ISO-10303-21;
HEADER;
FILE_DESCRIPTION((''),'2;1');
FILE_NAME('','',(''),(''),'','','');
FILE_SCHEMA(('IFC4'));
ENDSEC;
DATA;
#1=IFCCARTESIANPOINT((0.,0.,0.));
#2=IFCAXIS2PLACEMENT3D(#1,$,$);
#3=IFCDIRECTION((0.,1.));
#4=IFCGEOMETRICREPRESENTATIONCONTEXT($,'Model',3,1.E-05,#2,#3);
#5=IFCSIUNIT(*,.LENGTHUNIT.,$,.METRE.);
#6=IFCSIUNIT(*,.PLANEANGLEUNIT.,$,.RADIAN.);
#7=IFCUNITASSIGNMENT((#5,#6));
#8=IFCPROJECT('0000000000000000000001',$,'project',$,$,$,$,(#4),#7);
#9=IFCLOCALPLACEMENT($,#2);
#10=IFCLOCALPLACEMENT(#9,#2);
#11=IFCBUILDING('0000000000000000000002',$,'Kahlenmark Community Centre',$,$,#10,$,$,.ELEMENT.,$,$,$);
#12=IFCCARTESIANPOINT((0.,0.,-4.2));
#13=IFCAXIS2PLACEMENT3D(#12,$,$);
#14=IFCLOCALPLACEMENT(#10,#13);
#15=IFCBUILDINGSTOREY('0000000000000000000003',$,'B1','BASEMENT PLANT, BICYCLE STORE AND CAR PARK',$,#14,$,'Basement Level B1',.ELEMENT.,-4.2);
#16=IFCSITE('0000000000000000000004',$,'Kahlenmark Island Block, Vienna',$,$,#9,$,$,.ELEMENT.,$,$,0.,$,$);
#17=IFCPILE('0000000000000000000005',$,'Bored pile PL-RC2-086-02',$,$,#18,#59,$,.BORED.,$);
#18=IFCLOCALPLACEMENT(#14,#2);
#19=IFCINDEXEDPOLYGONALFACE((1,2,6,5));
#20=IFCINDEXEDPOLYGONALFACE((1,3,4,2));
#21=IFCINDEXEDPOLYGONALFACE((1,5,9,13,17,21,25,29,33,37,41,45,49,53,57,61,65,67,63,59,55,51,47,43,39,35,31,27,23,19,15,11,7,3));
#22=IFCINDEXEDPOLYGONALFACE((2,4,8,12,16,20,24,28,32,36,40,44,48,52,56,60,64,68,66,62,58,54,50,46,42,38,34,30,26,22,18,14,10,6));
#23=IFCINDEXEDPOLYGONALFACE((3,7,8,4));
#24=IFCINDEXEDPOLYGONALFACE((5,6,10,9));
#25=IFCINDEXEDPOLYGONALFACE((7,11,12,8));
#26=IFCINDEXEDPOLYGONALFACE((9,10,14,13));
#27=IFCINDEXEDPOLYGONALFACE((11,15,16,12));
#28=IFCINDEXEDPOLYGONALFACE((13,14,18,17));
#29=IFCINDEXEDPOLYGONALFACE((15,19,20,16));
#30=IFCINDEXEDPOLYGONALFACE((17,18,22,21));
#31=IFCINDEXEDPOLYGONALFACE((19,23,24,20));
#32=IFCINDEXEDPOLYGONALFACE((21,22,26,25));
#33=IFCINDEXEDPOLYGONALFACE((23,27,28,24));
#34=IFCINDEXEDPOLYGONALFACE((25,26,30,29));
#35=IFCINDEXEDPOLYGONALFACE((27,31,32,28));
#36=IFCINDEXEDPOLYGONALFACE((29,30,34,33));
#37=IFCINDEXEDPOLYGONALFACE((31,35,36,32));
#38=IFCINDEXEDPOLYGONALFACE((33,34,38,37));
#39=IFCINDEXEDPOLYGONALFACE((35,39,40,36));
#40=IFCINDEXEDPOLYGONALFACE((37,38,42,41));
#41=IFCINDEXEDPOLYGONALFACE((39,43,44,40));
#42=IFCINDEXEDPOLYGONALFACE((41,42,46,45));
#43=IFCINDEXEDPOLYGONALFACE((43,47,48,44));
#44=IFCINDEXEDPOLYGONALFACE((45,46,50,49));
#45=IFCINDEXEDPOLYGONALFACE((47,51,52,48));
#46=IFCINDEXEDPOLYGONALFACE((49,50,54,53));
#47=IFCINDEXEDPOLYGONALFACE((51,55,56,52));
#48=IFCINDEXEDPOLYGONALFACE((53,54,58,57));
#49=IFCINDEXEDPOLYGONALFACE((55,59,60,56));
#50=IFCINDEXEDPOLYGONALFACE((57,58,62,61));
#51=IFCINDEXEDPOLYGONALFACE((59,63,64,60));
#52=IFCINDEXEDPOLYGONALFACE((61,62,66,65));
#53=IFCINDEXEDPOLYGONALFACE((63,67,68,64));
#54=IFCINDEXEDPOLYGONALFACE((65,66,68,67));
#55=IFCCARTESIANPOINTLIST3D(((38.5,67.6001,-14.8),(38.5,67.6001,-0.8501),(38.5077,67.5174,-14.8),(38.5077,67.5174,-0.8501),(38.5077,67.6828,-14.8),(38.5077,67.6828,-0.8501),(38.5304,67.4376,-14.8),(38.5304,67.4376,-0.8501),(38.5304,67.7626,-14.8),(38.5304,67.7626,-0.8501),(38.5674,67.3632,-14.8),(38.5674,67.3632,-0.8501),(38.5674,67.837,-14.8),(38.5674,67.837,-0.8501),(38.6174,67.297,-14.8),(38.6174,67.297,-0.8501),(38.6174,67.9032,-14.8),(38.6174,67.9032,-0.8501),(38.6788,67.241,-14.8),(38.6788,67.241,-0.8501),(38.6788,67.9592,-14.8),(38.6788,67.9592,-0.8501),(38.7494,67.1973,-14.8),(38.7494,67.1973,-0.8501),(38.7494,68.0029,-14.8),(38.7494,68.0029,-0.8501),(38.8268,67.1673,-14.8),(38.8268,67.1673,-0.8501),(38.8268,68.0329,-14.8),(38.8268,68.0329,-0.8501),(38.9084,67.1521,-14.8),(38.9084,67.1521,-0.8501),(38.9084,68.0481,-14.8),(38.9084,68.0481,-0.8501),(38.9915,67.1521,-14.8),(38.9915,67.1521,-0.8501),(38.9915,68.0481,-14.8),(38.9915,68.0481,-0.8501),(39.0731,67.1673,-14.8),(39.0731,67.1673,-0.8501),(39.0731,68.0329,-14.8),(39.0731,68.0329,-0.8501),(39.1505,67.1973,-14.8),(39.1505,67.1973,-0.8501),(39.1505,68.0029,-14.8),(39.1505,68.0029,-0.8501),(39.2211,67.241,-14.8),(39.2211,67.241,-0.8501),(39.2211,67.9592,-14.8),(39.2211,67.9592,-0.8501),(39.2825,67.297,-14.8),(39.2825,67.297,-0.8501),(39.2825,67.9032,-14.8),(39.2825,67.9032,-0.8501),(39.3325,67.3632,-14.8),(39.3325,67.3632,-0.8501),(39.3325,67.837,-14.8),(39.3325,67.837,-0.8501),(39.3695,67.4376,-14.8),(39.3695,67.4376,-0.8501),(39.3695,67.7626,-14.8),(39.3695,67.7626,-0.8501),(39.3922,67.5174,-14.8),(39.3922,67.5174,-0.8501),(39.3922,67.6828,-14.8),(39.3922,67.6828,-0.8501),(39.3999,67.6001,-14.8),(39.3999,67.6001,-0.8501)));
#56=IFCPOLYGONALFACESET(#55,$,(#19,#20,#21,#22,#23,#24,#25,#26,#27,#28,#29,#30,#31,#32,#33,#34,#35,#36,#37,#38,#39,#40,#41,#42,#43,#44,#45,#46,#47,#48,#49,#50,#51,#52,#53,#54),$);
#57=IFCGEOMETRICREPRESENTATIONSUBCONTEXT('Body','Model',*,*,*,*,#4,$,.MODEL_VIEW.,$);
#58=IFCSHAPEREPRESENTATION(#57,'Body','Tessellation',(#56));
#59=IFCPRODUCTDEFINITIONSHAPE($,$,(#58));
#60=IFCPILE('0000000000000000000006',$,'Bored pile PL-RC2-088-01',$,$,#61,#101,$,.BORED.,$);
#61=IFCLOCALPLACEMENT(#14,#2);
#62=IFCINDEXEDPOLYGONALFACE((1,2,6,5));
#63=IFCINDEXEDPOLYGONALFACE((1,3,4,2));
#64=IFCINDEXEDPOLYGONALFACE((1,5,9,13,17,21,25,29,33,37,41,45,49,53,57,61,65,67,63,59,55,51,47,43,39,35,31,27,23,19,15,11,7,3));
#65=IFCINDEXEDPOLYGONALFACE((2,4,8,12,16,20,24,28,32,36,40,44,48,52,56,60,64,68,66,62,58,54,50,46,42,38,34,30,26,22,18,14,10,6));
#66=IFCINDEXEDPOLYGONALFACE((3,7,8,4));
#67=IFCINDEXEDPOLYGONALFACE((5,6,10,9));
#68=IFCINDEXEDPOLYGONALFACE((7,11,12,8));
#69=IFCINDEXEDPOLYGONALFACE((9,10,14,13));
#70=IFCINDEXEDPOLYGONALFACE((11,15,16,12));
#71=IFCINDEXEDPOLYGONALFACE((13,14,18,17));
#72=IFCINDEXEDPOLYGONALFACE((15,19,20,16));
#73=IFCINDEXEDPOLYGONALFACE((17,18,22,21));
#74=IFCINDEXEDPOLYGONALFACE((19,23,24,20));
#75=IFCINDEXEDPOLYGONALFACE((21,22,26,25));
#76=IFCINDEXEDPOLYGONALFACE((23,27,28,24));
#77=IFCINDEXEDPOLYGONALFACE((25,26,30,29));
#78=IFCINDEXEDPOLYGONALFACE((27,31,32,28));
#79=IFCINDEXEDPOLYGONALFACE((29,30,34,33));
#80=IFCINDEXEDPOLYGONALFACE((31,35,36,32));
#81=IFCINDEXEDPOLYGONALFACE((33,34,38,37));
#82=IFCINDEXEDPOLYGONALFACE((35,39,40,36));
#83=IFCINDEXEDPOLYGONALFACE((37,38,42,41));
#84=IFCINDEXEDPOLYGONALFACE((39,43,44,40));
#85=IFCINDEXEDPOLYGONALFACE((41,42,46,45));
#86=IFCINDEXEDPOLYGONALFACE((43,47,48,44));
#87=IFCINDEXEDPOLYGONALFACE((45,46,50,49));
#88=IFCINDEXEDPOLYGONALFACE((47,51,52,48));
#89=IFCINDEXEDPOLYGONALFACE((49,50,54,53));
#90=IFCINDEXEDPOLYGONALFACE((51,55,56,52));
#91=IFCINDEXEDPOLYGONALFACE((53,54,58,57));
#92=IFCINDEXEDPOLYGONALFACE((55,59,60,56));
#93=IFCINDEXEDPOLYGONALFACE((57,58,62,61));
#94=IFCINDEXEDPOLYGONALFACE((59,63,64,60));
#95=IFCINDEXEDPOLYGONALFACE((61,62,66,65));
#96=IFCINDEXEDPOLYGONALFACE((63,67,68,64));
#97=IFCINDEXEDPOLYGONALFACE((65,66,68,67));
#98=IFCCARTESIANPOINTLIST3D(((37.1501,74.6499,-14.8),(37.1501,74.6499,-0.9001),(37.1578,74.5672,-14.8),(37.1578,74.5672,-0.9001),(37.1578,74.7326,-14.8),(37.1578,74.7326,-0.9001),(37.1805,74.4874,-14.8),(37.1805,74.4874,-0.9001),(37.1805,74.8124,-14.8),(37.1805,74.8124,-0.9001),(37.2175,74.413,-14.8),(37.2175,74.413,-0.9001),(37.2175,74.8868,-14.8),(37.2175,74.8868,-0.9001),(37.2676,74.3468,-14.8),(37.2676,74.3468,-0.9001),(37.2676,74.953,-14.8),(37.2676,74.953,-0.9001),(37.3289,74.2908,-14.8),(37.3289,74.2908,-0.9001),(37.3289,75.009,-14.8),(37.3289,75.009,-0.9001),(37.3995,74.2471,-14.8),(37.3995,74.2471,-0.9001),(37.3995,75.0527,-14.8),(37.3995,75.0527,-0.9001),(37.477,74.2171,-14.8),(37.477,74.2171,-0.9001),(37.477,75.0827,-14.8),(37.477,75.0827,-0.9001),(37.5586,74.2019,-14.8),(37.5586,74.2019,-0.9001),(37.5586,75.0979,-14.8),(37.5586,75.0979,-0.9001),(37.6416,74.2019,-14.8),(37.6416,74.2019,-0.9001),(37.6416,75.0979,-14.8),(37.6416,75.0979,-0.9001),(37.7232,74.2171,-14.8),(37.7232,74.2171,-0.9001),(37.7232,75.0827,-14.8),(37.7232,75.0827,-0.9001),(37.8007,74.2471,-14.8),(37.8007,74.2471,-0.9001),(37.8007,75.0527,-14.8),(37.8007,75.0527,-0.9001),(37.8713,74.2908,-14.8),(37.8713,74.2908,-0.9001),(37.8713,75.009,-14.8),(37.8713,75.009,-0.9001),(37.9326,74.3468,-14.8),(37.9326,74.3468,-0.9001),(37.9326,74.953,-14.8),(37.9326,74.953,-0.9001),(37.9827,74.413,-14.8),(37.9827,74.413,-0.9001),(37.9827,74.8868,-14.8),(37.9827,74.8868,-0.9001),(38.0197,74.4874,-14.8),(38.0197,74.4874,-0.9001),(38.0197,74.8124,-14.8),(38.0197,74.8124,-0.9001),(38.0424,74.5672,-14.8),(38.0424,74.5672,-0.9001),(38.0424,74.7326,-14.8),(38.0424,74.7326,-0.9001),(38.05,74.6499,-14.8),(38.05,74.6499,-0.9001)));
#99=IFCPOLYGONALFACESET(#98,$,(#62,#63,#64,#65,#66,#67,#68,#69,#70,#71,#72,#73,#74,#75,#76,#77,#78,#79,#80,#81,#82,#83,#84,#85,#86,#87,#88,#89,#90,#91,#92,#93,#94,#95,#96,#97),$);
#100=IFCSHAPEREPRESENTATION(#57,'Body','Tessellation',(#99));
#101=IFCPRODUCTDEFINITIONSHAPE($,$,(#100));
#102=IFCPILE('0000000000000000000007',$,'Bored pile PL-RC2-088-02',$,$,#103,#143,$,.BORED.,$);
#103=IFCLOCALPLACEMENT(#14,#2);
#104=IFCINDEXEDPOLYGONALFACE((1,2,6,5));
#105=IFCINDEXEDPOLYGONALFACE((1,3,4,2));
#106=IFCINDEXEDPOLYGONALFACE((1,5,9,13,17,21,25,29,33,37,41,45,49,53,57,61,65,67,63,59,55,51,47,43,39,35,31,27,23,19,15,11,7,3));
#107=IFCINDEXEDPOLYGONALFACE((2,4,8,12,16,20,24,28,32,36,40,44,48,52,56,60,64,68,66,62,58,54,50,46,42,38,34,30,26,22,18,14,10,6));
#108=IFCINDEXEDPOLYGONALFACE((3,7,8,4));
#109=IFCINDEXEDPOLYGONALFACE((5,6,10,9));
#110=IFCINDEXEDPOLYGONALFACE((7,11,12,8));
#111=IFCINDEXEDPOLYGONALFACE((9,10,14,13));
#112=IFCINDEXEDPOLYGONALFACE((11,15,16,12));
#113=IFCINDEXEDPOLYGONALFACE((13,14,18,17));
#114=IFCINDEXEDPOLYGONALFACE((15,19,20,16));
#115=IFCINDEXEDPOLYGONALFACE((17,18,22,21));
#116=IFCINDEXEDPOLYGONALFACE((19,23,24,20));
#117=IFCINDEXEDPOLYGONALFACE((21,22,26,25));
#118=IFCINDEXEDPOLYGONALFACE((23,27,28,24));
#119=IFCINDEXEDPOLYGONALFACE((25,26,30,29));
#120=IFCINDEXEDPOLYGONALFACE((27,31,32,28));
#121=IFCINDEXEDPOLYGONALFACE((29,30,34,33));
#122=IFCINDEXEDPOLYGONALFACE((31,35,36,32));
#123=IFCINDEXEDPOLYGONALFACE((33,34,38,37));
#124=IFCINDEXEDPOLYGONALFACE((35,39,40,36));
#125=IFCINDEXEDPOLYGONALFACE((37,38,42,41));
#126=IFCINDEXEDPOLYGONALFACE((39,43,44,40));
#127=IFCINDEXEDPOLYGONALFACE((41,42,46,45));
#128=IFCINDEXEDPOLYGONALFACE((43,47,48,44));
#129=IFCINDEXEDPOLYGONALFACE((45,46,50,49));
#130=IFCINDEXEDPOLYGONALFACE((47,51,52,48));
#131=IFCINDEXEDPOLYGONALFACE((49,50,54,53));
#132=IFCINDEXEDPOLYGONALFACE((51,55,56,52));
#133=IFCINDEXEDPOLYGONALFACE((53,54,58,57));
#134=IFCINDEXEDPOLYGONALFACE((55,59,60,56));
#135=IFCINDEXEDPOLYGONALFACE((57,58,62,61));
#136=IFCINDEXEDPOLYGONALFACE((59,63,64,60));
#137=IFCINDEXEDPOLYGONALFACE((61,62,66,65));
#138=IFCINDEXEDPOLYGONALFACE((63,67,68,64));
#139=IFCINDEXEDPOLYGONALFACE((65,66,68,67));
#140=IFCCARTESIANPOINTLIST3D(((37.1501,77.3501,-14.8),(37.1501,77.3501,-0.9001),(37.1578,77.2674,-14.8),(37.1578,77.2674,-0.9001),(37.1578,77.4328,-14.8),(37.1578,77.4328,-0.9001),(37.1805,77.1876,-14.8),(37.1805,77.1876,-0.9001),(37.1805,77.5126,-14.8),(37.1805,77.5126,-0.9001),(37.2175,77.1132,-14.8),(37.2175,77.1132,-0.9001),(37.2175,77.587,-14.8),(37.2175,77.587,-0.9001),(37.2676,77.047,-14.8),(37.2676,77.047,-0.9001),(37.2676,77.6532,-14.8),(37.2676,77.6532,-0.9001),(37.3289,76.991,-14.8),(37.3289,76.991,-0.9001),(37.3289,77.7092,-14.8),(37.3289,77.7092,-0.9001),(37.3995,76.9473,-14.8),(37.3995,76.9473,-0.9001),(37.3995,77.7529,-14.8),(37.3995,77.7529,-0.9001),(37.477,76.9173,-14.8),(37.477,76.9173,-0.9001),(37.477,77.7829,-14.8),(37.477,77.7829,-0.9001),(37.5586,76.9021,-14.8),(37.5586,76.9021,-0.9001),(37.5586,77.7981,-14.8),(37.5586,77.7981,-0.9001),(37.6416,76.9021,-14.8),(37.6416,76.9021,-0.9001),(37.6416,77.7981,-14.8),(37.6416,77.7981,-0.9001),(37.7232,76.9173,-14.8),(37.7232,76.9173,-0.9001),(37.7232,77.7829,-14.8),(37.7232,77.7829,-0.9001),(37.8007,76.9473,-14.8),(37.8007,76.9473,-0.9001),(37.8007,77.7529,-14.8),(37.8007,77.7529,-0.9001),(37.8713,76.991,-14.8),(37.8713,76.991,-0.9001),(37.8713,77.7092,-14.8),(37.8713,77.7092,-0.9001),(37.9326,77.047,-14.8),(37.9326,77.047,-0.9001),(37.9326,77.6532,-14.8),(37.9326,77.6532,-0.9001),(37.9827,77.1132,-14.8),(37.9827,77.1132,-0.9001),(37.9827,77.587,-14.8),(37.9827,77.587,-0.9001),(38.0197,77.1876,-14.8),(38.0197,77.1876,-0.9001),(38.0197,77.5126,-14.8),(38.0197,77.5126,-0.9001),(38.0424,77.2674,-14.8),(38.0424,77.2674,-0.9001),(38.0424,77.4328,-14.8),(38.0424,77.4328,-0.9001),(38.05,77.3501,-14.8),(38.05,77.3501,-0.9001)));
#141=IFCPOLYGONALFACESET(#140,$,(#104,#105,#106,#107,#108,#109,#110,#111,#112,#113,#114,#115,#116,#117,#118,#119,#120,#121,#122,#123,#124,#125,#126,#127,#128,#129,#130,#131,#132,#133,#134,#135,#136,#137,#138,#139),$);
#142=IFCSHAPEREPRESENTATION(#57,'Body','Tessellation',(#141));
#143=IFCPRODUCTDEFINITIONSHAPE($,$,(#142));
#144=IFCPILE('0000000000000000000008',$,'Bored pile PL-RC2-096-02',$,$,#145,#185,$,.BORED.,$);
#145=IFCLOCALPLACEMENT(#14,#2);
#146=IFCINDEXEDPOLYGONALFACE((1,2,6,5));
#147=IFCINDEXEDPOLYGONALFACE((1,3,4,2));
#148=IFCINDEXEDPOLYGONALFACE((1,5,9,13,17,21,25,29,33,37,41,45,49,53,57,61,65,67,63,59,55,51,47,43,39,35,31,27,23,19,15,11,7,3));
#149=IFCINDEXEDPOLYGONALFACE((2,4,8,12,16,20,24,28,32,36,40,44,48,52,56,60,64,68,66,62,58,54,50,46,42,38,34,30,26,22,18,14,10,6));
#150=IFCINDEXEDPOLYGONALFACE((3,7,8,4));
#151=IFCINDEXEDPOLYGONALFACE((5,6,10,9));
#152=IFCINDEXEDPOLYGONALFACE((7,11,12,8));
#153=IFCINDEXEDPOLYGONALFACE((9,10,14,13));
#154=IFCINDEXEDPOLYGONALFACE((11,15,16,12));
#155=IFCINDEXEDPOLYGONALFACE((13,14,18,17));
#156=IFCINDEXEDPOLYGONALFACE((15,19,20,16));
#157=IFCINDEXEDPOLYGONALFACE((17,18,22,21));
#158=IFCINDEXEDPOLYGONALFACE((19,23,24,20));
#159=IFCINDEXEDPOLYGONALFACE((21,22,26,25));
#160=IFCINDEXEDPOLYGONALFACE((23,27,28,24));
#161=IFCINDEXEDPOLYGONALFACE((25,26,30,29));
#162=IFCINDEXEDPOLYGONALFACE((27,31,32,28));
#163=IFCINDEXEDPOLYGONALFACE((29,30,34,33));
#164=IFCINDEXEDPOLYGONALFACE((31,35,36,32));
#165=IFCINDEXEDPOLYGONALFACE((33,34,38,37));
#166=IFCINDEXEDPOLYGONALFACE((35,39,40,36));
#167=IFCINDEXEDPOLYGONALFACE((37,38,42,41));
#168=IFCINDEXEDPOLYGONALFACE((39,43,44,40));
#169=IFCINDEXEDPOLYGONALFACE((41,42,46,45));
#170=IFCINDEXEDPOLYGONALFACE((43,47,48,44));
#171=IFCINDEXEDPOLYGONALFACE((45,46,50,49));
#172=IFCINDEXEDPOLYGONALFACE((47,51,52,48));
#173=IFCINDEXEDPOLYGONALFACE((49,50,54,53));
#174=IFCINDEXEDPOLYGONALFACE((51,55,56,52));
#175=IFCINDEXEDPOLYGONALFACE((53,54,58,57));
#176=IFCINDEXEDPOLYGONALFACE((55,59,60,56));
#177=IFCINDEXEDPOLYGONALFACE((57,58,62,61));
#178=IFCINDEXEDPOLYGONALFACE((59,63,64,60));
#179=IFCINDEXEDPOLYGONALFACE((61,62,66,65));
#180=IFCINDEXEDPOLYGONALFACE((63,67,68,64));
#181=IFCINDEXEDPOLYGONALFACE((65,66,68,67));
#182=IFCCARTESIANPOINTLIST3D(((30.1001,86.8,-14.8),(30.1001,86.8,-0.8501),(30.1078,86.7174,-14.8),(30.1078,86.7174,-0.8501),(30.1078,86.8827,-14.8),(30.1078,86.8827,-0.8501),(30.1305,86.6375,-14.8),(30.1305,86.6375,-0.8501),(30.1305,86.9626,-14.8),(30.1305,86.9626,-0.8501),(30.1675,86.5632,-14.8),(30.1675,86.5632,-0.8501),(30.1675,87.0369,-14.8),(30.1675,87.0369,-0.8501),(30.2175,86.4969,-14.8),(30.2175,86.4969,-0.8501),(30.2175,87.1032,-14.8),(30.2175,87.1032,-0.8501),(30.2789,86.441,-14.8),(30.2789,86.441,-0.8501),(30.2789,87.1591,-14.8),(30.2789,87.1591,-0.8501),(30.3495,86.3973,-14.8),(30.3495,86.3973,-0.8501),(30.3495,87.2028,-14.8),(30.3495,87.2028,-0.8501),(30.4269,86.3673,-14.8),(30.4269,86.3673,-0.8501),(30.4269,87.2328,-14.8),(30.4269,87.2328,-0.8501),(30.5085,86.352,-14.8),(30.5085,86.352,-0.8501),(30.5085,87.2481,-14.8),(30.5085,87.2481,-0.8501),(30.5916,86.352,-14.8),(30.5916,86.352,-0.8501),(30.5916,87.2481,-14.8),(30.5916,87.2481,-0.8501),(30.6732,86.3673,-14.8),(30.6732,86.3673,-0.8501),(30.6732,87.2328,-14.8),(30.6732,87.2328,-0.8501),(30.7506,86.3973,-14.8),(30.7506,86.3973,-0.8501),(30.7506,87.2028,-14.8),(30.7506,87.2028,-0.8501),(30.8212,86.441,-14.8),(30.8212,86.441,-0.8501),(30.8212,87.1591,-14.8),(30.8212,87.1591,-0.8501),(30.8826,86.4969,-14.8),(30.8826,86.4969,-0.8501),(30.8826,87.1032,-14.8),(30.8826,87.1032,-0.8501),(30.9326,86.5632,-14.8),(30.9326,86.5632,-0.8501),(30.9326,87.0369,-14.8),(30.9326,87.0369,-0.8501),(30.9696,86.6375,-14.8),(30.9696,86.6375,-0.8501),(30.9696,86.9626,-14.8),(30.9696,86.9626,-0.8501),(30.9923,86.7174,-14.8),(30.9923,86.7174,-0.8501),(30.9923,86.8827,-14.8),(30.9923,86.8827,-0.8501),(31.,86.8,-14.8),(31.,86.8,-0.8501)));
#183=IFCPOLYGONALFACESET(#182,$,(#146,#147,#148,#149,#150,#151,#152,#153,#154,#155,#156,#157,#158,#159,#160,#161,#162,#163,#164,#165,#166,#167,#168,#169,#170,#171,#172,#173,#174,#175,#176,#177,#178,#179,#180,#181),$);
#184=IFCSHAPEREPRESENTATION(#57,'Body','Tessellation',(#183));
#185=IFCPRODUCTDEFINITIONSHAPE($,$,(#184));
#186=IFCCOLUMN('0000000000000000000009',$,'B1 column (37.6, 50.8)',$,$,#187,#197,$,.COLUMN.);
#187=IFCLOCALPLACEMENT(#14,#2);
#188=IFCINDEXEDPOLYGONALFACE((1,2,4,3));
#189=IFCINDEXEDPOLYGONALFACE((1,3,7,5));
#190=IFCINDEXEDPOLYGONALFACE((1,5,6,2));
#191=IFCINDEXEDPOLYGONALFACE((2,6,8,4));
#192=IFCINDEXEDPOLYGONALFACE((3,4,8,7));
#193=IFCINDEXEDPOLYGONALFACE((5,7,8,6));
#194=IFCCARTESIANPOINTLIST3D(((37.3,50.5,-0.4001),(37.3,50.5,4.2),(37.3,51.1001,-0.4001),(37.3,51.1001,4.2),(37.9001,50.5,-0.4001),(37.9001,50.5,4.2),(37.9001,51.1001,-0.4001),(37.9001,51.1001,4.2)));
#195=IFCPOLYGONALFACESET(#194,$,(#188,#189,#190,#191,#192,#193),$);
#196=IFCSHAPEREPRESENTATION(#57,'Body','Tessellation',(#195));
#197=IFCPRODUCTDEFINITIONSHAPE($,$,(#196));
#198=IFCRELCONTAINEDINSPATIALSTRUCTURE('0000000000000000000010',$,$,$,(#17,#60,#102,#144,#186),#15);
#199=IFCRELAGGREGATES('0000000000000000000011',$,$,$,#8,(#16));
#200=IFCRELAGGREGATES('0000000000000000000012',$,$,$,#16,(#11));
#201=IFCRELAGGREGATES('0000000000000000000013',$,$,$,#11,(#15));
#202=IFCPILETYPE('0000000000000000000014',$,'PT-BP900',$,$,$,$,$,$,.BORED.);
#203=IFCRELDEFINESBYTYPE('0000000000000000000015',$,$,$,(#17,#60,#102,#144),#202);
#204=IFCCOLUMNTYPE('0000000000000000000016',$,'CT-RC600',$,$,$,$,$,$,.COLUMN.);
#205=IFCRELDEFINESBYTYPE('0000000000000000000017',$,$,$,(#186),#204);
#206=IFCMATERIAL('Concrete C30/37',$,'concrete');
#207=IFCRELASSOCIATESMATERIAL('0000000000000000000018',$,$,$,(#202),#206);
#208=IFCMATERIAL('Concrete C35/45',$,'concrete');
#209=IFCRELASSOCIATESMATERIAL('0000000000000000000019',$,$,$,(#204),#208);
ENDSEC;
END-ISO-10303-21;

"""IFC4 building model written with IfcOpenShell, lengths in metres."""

from ifc_helpers import new_model, si_unit, direction, frame, origin, origin_2d, place, context, subcontext, project, spatial, rectangle, circle, extrude, material, material_profile, profile_set, type_object, element, save


model = new_model("IFC4")

# Units and contexts
model_context = context("Model", 3, precision=1e-05, world=origin(), true_north=direction((0.0, 1.0)))
body_context = subcontext(model_context, "Body", "Model", "MODEL_VIEW")
ifc_project = project(units=[si_unit("LENGTHUNIT", "METRE"), si_unit("PLANEANGLEUNIT", "RADIAN")], contexts=[model_context])

# Site, building, storey
site_placement = place(None, origin())
site = spatial("IfcSite", under=ifc_project, at=site_placement, Name="Kahlenmark Island Block, Vienna", CompositionType="ELEMENT", RefElevation=0.0)
building_placement = place(site_placement, origin())
building = spatial("IfcBuilding", under=site, at=building_placement, Name="Kahlenmark Community Centre", CompositionType="ELEMENT")
storey_placement = place(building_placement, frame((0.0, 0.0, -4.2)))
storey = spatial("IfcBuildingStorey", under=building, at=storey_placement, Name="B1", Description="BASEMENT PLANT, BICYCLE STORE AND CAR PARK", LongName="Basement Level B1", CompositionType="ELEMENT", Elevation=-4.2)

# Shared definitions
ifc_material_1 = material(Name="Concrete C30/37", Category="concrete")

# Piles
ifc_material_profile_1 = material_profile(ifc_material_1, circle(Radius=0.45, at=origin_2d()), Name="BORED PILE 900")
ifc_profile_set_1 = profile_set([ifc_material_profile_1], Name="Concrete C30/37")
pile_type_1 = type_object("IfcPileType", Name="PT-BP900", PredefinedType="BORED", material=ifc_profile_set_1)
for number, where, z_axis, x_axis, name in (
    (1, (38.95, 67.6001, -0.8501), (0.0, 0.0, -1.0), (1.0, 0.0, 0.0), "Bored pile PL-RC2-086-02"),
):
    element("IfcPile", number, at=place(storey_placement, frame(where, z_axis=z_axis, x_axis=x_axis)), inside=storey, type_object=pile_type_1, Name=name, PredefinedType="BORED", context=body_context, shape_type="SweptSolid", body=[
        extrude(circle(Radius=0.45, at=origin_2d()), origin(), (0.0, 0.0, 1.0), 13.95),
    ])
for number, where, z_axis, x_axis, name in (
    (2, (37.6001, 74.6499, -0.9001), (0.0, 0.0, -1.0), (1.0, 0.0, 0.0), "Bored pile PL-RC2-088-01"),
    (3, (37.6001, 77.3501, -0.9001), (0.0, 0.0, -1.0), (1.0, 0.0, 0.0), "Bored pile PL-RC2-088-02"),
):
    element("IfcPile", number, at=place(storey_placement, frame(where, z_axis=z_axis, x_axis=x_axis)), inside=storey, type_object=pile_type_1, Name=name, PredefinedType="BORED", context=body_context, shape_type="SweptSolid", body=[
        extrude(circle(Radius=0.45, at=origin_2d()), origin(), (0.0, 0.0, 1.0), 13.8999),
    ])
pile_1_placement = place(storey_placement, frame((30.55, 86.8, -0.8501), z_axis=(0.0, 0.0, -1.0), x_axis=(1.0, 0.0, 0.0)))
element("IfcPile", 4, at=pile_1_placement, inside=storey, type_object=pile_type_1, Name="Bored pile PL-RC2-096-02", PredefinedType="BORED", context=body_context, shape_type="SweptSolid", body=[
    extrude(circle(Radius=0.45, at=origin_2d()), origin(), (0.0, 0.0, 1.0), 13.95),
])

# Column
ifc_material_2 = material(Name="Concrete C35/45", Category="concrete")
ifc_material_profile_2 = material_profile(ifc_material_2, rectangle(XDim=0.6001, YDim=0.6001, at=origin_2d()), Name="RC 600x600")
ifc_profile_set_2 = profile_set([ifc_material_profile_2], Name="Concrete C35/45")
column_type = type_object("IfcColumnType", Name="CT-RC600", PredefinedType="COLUMN", material=ifc_profile_set_2)
for number, where, z_axis, x_axis, name in (
    (5, (37.6001, 50.8, -0.4001), (0.0, 0.0, 1.0), (1.0, 0.0, 0.0), "B1 column (37.6, 50.8)"),
):
    element("IfcColumn", number, at=place(storey_placement, frame(where, z_axis=z_axis, x_axis=x_axis)), inside=storey, type_object=column_type, Name=name, PredefinedType="COLUMN", context=body_context, shape_type="SweptSolid", body=[
        extrude(rectangle(XDim=0.6001, YDim=0.6001, at=origin_2d()), origin(), (0.0, 0.0, 1.0), 4.6001),
    ])

save(model, "model.ifc")
